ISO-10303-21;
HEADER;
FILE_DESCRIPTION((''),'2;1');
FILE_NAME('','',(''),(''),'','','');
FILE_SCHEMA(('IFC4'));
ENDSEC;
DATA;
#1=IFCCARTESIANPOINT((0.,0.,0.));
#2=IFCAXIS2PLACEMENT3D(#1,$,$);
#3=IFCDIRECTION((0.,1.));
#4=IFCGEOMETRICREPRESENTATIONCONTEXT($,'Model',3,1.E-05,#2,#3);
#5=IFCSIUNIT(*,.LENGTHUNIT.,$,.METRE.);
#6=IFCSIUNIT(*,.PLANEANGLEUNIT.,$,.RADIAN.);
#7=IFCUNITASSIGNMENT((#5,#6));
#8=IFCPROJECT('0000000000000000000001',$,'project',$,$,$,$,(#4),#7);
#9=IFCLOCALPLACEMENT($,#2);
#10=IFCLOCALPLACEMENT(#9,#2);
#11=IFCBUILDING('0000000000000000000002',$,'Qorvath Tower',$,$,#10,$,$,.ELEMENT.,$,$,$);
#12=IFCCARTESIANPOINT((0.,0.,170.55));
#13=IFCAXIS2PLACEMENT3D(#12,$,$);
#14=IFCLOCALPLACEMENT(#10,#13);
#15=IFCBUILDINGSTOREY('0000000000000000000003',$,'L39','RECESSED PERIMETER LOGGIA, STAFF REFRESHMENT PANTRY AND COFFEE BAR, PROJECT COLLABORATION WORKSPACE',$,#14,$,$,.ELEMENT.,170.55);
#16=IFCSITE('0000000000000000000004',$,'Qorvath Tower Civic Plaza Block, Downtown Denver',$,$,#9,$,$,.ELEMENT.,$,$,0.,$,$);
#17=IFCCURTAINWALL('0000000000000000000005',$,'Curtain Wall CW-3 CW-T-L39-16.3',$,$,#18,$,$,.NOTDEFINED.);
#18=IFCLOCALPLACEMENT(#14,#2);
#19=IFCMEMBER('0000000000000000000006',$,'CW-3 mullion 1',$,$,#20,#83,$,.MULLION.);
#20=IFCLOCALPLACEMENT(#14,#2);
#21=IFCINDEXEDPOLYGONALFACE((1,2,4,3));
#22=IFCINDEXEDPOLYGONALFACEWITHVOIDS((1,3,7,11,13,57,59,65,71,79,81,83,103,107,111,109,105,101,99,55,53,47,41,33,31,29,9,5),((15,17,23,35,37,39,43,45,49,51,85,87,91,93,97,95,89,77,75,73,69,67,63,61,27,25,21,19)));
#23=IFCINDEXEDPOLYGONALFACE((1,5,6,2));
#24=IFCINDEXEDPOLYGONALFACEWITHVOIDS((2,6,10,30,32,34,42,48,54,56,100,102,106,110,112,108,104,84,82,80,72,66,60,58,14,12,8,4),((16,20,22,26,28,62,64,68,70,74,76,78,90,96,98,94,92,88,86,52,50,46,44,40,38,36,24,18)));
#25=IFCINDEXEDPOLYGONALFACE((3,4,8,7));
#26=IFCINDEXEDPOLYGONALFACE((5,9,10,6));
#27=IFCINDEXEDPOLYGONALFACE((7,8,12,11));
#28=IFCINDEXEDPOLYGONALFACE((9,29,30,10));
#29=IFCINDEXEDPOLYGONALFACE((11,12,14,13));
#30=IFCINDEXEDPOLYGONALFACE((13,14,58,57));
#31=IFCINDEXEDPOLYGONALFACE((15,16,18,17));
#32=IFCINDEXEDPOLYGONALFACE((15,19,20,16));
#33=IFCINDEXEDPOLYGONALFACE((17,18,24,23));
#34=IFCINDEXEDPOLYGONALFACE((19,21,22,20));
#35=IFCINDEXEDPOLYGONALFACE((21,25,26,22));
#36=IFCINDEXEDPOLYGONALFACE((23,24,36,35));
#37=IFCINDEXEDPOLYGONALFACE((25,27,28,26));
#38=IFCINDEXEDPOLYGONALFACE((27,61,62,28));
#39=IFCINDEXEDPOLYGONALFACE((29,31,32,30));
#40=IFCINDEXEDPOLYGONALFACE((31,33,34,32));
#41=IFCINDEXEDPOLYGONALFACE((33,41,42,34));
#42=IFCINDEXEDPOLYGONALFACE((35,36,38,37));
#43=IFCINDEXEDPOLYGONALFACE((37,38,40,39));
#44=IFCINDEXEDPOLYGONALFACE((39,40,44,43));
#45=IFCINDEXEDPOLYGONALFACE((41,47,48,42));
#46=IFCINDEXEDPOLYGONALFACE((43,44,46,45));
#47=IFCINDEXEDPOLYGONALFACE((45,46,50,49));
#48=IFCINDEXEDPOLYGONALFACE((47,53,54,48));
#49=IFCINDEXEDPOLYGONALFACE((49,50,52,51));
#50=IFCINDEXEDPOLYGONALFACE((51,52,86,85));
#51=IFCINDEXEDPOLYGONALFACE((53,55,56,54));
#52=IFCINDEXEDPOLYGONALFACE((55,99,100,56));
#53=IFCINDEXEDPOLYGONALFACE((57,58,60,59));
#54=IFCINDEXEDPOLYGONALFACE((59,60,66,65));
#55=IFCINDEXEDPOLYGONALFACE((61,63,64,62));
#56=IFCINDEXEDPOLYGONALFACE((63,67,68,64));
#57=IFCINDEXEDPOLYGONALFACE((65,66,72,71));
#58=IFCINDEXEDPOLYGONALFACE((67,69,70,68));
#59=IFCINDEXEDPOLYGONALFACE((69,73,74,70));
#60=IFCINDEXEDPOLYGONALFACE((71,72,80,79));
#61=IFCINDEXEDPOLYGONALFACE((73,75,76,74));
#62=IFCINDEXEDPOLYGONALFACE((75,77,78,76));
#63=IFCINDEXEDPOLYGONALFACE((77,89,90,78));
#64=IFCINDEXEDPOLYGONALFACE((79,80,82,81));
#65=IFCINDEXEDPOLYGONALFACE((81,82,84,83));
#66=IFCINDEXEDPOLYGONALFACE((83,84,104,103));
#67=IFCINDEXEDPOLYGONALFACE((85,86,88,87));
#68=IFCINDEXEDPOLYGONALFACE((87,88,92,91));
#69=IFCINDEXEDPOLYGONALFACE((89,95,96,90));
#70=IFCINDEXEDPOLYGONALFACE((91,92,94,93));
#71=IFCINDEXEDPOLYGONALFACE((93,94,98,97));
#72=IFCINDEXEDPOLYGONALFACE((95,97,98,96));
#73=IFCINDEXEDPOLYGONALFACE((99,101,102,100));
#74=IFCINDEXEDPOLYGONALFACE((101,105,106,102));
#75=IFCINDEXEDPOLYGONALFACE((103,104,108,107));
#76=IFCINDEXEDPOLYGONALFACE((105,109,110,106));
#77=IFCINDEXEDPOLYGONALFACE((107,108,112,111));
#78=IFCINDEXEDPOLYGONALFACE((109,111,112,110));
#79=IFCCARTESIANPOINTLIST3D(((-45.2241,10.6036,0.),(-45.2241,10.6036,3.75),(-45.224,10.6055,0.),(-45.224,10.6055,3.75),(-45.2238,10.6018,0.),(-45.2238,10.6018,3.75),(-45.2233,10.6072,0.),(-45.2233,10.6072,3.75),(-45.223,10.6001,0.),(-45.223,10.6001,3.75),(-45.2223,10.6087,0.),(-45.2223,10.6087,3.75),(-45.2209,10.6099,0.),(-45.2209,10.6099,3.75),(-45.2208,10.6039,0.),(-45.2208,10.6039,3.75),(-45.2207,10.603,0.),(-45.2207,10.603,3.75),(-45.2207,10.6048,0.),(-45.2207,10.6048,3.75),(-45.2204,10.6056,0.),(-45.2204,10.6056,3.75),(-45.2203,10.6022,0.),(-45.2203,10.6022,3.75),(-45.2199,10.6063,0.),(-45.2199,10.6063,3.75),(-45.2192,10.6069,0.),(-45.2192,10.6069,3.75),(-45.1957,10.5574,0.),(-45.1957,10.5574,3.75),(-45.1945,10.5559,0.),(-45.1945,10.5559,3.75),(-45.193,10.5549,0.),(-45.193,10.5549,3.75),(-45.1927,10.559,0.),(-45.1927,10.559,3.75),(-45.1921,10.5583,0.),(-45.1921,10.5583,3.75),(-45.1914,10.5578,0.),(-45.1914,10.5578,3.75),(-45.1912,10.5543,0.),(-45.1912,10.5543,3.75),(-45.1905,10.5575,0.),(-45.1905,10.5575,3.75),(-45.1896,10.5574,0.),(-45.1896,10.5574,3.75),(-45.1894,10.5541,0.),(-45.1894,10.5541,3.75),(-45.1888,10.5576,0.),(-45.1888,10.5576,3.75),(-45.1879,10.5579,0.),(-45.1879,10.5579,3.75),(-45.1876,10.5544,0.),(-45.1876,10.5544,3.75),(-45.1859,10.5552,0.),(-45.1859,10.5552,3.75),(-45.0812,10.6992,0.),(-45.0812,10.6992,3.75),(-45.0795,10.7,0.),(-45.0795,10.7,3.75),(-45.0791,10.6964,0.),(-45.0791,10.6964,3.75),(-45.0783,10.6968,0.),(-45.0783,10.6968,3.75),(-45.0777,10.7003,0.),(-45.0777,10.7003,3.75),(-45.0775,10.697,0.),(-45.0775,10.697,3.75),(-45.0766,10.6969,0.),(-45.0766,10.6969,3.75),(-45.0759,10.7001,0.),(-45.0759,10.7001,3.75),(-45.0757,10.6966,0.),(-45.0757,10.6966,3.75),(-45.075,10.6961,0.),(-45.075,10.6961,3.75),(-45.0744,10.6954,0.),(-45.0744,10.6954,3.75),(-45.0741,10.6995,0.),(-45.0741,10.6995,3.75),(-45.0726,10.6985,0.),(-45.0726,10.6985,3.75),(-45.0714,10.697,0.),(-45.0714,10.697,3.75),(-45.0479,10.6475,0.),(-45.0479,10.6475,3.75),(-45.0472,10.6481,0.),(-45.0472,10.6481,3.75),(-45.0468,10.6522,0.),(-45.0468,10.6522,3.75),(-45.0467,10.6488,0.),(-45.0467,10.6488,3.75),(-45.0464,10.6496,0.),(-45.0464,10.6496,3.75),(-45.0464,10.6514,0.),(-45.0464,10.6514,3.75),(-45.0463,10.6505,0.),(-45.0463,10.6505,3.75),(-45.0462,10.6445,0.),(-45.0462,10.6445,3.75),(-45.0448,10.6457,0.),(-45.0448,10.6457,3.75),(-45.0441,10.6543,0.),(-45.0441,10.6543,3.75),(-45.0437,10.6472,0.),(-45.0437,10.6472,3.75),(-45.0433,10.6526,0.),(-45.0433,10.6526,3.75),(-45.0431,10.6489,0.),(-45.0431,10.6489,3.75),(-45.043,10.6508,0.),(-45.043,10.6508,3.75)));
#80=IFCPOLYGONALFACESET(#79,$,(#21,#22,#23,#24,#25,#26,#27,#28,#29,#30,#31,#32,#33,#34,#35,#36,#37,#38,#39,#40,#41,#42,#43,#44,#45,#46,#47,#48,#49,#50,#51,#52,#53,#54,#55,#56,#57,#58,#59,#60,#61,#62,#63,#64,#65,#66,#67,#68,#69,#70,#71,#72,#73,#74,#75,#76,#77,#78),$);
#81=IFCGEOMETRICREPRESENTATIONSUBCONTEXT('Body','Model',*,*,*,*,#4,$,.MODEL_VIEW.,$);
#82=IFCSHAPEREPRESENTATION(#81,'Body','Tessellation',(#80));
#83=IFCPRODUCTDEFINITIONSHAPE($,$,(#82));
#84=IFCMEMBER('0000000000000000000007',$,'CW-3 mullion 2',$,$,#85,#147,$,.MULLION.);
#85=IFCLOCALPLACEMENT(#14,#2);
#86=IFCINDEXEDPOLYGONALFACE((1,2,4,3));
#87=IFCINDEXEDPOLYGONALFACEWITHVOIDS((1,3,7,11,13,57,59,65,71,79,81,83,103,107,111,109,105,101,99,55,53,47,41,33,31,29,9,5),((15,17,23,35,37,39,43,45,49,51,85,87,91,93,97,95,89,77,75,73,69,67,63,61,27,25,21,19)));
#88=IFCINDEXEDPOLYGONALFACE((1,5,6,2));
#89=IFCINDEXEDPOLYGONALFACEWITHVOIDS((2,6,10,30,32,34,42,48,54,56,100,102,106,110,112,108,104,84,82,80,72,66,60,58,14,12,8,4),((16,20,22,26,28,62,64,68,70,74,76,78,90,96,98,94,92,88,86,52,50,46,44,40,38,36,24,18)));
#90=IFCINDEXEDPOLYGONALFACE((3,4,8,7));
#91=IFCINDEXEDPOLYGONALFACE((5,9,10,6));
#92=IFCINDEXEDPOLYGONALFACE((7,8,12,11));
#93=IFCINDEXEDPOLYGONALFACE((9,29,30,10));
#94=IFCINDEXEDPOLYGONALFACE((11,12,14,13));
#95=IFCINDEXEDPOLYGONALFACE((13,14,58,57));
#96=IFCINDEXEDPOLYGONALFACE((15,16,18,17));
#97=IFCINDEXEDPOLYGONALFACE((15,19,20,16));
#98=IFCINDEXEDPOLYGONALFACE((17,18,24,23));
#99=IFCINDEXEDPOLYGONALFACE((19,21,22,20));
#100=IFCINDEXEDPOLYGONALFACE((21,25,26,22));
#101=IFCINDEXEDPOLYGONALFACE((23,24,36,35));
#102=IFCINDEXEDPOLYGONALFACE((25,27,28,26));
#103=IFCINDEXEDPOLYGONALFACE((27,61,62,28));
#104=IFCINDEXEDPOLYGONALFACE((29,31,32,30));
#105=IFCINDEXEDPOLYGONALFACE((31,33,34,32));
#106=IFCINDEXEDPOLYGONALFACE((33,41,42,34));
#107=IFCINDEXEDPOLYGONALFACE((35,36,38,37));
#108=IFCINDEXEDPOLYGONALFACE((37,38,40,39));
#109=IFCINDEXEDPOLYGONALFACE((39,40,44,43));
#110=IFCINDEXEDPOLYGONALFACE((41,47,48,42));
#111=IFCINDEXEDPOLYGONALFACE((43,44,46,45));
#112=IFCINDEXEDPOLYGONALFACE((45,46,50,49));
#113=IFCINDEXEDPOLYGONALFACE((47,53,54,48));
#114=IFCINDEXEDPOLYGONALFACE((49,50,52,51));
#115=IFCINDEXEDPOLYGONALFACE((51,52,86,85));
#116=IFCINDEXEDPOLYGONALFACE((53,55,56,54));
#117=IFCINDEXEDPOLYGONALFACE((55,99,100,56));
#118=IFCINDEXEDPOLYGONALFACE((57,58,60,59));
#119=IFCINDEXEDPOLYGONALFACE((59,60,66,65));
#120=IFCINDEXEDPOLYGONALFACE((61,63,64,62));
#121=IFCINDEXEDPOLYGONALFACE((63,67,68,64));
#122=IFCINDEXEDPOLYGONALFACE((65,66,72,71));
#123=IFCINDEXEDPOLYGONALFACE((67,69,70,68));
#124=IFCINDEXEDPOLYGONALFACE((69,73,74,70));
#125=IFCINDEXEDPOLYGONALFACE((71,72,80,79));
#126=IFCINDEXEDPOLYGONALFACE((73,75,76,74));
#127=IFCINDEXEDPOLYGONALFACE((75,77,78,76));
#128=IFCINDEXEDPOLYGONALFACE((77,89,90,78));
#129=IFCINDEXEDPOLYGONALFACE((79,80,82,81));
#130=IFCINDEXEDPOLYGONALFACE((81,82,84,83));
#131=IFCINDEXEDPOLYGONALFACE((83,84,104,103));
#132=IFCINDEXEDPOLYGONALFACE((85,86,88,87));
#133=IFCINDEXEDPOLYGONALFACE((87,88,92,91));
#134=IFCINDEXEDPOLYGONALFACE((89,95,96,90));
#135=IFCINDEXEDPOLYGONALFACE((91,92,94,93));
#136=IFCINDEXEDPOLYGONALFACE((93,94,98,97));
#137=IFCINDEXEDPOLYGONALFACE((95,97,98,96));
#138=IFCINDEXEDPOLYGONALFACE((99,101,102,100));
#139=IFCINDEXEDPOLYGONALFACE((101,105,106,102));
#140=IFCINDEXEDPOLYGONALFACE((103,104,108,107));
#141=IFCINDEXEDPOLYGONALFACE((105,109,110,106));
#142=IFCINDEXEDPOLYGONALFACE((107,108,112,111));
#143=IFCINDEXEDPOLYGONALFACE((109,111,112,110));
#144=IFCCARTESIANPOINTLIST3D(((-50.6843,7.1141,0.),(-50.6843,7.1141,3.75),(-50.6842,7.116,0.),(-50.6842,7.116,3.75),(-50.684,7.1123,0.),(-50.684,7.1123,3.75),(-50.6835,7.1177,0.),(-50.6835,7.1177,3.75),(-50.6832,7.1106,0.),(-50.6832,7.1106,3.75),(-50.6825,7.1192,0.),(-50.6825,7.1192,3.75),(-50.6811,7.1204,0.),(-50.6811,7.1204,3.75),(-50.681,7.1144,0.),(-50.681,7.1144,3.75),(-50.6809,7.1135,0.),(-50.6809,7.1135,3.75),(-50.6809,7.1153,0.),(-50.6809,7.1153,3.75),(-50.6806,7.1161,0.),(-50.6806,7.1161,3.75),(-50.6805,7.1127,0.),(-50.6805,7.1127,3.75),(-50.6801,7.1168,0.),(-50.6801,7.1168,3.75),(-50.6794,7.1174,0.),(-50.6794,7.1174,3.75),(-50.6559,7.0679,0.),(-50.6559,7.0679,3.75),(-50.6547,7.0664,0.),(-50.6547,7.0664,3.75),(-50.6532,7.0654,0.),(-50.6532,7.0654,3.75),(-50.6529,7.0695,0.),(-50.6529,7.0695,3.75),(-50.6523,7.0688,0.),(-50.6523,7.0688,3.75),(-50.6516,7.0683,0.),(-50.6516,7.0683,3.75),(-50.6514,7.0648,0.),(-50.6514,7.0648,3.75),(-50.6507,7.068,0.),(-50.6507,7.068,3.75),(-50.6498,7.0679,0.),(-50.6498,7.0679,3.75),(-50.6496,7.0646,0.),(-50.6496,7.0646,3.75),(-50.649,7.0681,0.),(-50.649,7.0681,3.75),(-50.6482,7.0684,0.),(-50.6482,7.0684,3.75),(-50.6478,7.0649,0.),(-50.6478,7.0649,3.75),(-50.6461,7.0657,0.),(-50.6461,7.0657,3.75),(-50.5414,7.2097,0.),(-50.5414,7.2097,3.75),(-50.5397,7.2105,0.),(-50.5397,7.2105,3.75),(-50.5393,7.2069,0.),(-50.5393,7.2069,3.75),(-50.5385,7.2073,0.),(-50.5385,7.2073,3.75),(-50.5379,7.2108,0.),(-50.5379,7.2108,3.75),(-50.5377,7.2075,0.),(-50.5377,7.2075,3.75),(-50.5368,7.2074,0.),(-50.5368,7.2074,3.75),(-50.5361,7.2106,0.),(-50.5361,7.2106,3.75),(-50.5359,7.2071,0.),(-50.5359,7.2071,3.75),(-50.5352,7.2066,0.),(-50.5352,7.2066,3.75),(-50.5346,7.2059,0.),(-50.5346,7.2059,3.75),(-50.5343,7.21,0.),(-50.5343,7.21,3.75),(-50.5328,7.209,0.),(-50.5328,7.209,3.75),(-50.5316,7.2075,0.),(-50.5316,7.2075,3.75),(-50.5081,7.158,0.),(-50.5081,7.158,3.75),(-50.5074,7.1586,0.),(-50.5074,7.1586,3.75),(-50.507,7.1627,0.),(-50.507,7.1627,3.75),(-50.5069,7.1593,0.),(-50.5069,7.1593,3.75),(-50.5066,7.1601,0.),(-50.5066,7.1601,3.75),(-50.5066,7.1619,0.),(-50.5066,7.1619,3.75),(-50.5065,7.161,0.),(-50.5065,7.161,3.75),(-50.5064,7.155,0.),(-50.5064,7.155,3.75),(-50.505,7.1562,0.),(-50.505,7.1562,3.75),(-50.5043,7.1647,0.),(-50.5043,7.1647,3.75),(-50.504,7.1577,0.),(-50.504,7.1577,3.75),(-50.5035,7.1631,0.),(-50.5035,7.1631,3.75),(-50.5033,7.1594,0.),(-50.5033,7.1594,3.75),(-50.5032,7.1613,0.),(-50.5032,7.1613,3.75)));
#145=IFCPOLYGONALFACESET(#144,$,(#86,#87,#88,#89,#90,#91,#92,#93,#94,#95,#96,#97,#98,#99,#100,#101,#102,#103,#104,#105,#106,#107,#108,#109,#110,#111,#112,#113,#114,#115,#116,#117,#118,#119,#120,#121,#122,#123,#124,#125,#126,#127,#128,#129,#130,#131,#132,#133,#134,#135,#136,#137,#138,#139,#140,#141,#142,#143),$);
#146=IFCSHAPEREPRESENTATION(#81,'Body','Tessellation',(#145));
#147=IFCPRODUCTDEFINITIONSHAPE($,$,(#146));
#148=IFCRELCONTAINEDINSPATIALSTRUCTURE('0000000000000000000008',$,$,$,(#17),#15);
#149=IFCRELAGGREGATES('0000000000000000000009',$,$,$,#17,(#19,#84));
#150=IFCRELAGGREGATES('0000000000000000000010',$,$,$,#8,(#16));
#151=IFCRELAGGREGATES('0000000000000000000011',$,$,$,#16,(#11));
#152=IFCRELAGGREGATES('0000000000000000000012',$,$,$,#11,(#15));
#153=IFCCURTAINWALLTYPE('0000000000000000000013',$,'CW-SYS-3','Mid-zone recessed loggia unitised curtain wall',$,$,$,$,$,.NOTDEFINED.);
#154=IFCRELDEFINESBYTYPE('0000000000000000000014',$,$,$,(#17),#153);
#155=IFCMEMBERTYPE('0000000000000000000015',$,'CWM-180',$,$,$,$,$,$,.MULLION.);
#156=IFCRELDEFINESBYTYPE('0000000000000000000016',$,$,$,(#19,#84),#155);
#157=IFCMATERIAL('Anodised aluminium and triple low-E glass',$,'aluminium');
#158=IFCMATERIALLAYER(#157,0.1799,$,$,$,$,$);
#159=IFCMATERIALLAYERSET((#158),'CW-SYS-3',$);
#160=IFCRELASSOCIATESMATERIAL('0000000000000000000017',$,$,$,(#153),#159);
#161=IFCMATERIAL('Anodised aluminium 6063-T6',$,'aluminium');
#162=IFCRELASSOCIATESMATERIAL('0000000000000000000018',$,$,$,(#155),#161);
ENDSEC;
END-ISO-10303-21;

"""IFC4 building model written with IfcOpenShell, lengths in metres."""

from ifc_helpers import new_model, si_unit, direction, frame, origin, origin_2d, place, context, subcontext, project, spatial, hollow_rectangle, extrude, material, layer, layer_set, material_profile, profile_set, type_object, element, aggregate, save


model = new_model("IFC4")

# Units and contexts
model_context = context("Model", 3, precision=1e-05, world=origin(), true_north=direction((0.0, 1.0)))
body_context = subcontext(model_context, "Body", "Model", "MODEL_VIEW")
ifc_project = project(units=[si_unit("LENGTHUNIT", "METRE"), si_unit("PLANEANGLEUNIT", "RADIAN")], contexts=[model_context])

# Site, building, storey
site_placement = place(None, origin())
site = spatial("IfcSite", under=ifc_project, at=site_placement, Name="Qorvath Tower Civic Plaza Block, Downtown Denver", CompositionType="ELEMENT", RefElevation=0.0)
building_placement = place(site_placement, origin())
building = spatial("IfcBuilding", under=site, at=building_placement, Name="Qorvath Tower", CompositionType="ELEMENT")
storey_placement = place(building_placement, frame((0.0, 0.0, 170.55)))
storey = spatial("IfcBuildingStorey", under=building, at=storey_placement, Name="L39", Description="RECESSED PERIMETER LOGGIA, STAFF REFRESHMENT PANTRY AND COFFEE BAR, PROJECT COLLABORATION WORKSPACE", CompositionType="ELEMENT", Elevation=170.55)

# Curtain wall, members
ifc_material_1 = material(Name="Anodised aluminium and triple low-E glass", Category="aluminium")
ifc_layer_1 = layer(ifc_material_1, 0.1799)
ifc_layer_set_1 = layer_set([ifc_layer_1], Name="CW-SYS-3")
curtain_wall_type = type_object("IfcCurtainWallType", Name="CW-SYS-3", Description="Mid-zone recessed loggia unitised curtain wall", PredefinedType="NOTDEFINED", material=ifc_layer_set_1)
ifc_material_2 = material(Name="Anodised aluminium 6063-T6", Category="aluminium")
ifc_material_profile_1 = material_profile(ifc_material_2, hollow_rectangle(XDim=0.0649, YDim=0.1799, WallThickness=0.0034, InnerFilletRadius=0.0034, OuterFilletRadius=0.0071, at=origin_2d()), Name="CWM 180x65")
ifc_profile_set_1 = profile_set([ifc_material_profile_1], Name="Anodised aluminium 6063-T6")
member_type_1 = type_object("IfcMemberType", Name="CWM-180", PredefinedType="MULLION", material=ifc_profile_set_1)
curtain_wall_1_placement = place(storey_placement, origin())
curtain_wall_1 = element("IfcCurtainWall", 1, at=curtain_wall_1_placement, inside=storey, type_object=curtain_wall_type, Name="Curtain Wall CW-3 CW-T-L39-16.3", PredefinedType="NOTDEFINED")
member_1_placement = place(storey_placement, frame((-45.1335, 10.6272, 0.0), z_axis=(0.0, 0.0, 1.0), x_axis=(0.538523, -0.842611, 0.0)))
member_1 = element("IfcMember", 2, at=member_1_placement, type_object=member_type_1, Name="CW-3 mullion 1", PredefinedType="MULLION", context=body_context, shape_type="SweptSolid", body=[
    extrude(hollow_rectangle(XDim=0.0649, YDim=0.1799, WallThickness=0.0034, InnerFilletRadius=0.0034, OuterFilletRadius=0.0071, at=origin_2d()), origin(), (0.0, 0.0, 1.0), 3.75),
])
member_2_placement = place(storey_placement, frame((-50.5938, 7.1377, 0.0), z_axis=(0.0, 0.0, 1.0), x_axis=(0.538523, -0.842611, 0.0)))
member_2 = element("IfcMember", 3, at=member_2_placement, type_object=member_type_1, Name="CW-3 mullion 2", PredefinedType="MULLION", context=body_context, shape_type="SweptSolid", body=[
    extrude(hollow_rectangle(XDim=0.0649, YDim=0.1799, WallThickness=0.0034, InnerFilletRadius=0.0034, OuterFilletRadius=0.0071, at=origin_2d()), origin(), (0.0, 0.0, 1.0), 3.75),
])

aggregate(curtain_wall_1, [member_1, member_2])

save(model, "model.ifc")
